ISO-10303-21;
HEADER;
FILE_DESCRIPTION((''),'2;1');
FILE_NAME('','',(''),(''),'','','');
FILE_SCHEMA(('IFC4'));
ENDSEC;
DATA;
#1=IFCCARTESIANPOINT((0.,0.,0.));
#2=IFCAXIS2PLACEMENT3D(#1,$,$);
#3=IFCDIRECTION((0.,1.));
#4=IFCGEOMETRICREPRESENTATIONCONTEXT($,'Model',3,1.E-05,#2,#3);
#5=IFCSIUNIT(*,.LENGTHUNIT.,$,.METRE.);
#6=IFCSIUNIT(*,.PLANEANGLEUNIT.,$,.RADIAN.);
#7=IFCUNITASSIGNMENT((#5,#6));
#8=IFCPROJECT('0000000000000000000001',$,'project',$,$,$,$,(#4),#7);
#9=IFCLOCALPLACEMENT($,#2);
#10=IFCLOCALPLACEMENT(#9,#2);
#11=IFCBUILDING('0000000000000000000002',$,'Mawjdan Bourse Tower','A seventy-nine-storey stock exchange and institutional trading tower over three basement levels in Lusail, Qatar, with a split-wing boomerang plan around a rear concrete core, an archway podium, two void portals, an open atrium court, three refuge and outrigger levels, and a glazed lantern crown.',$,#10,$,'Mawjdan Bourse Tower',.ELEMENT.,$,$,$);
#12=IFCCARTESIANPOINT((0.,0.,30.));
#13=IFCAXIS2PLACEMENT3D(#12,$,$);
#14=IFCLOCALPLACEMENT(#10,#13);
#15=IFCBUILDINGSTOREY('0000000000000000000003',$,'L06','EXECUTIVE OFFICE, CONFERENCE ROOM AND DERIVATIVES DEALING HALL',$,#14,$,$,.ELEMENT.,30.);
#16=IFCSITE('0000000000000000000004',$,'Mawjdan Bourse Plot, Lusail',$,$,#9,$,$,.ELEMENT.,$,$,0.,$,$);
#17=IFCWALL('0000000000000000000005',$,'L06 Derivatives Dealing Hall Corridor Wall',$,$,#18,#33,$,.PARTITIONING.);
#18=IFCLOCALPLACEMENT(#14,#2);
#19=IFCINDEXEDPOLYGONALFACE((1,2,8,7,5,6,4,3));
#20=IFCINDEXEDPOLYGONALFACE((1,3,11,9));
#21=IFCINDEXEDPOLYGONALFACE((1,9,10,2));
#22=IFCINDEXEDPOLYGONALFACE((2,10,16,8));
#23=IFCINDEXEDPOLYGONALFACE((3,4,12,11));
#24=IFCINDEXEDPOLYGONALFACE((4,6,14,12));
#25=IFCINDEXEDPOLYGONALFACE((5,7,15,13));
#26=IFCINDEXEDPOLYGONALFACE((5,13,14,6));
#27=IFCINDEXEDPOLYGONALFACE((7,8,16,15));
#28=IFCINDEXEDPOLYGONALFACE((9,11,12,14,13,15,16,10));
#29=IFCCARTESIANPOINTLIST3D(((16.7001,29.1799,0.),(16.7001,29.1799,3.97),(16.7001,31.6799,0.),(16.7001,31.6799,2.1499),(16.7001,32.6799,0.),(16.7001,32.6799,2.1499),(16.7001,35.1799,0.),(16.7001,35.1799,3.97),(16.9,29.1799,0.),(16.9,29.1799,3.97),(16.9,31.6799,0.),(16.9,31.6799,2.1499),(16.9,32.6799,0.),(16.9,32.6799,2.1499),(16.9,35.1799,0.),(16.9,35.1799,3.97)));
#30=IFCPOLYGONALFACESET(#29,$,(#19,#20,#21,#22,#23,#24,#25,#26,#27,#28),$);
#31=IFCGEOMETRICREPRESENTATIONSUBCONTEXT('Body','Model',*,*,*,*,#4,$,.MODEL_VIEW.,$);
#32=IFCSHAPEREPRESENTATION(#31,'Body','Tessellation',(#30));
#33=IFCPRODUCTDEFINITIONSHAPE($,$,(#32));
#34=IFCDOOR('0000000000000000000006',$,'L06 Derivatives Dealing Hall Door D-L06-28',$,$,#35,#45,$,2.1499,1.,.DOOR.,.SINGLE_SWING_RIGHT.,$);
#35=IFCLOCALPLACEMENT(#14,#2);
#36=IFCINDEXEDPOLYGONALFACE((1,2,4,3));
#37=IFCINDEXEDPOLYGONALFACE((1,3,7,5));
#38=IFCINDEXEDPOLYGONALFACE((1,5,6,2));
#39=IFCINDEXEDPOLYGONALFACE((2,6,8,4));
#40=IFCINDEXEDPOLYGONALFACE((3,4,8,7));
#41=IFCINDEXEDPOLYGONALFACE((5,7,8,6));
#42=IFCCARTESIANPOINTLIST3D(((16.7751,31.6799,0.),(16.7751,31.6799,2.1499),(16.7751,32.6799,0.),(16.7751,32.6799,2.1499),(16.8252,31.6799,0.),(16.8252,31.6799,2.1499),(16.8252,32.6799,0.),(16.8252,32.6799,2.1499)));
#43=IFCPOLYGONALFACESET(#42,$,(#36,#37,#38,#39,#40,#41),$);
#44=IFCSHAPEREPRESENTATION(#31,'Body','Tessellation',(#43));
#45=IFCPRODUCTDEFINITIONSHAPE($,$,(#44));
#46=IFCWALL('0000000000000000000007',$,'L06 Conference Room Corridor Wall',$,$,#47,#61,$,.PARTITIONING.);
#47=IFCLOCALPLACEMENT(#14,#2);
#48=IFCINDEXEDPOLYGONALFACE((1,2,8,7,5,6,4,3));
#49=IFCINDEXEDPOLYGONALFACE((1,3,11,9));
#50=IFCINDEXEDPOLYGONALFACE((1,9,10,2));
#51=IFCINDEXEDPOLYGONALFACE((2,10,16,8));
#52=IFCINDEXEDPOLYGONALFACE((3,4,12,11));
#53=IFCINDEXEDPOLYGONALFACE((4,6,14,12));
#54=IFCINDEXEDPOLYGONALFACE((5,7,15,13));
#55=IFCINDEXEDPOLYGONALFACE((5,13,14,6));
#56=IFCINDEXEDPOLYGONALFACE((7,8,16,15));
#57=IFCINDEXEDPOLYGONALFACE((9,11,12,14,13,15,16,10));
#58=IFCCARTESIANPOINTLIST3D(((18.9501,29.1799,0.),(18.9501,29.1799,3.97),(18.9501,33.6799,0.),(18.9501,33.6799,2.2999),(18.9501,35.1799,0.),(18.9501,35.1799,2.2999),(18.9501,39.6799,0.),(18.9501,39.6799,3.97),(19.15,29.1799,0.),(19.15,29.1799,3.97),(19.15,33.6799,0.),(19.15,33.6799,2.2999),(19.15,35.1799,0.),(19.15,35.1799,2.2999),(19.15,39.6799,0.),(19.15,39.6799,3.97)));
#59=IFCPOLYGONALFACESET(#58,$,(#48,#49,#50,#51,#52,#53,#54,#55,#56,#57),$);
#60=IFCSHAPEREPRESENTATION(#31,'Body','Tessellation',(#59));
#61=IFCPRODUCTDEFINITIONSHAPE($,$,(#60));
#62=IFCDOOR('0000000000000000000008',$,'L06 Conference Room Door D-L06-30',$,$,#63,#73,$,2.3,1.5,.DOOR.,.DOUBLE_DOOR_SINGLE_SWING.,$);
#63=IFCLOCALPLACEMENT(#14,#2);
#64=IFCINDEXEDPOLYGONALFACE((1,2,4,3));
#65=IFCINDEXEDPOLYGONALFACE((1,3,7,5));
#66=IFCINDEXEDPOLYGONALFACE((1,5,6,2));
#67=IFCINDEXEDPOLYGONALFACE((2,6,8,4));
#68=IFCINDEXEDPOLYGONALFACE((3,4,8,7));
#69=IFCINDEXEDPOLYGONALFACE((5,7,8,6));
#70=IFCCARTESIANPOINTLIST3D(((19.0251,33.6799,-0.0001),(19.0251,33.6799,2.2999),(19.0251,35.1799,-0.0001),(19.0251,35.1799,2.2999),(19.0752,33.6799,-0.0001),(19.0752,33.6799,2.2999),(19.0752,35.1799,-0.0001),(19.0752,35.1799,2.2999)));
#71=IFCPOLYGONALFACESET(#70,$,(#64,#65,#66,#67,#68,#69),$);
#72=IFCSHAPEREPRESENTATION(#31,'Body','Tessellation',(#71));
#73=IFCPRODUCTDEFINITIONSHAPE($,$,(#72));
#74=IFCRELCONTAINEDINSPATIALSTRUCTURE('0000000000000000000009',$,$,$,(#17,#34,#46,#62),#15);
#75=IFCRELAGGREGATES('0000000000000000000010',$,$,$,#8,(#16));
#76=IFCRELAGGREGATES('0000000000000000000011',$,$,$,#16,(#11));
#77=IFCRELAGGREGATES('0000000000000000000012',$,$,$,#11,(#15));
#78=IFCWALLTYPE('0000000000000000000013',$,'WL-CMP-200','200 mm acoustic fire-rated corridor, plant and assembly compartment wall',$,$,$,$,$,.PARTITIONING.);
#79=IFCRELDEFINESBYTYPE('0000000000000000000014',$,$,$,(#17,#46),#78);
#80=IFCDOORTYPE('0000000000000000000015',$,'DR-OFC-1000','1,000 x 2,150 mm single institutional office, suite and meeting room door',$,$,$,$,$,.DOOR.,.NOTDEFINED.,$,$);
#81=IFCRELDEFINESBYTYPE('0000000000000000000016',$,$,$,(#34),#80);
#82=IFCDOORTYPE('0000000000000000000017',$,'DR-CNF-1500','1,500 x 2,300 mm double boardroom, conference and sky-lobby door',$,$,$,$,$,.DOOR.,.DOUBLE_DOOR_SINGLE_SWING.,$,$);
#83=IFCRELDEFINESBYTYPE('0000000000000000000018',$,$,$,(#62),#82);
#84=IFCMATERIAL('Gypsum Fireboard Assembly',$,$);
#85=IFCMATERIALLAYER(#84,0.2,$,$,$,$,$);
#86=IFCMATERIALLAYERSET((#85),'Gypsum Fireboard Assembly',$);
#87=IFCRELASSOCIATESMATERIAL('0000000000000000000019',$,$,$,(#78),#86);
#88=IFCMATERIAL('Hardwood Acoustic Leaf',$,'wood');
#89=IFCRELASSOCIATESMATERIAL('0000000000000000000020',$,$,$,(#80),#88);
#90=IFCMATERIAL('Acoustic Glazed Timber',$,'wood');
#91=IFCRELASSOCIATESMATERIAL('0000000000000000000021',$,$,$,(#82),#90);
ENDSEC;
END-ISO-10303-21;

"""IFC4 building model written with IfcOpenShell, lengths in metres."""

from ifc_helpers import new_model, si_unit, direction, frame, frame_2d, origin, place, context, subcontext, project, spatial, rectangle, extrude, material, layer, layer_set, type_object, element, fill, save


model = new_model("IFC4")

# Units and contexts
model_context = context("Model", 3, precision=1e-05, world=origin(), true_north=direction((0.0, 1.0)))
body_context = subcontext(model_context, "Body", "Model", "MODEL_VIEW")
ifc_project = project(units=[si_unit("LENGTHUNIT", "METRE"), si_unit("PLANEANGLEUNIT", "RADIAN")], contexts=[model_context])

# Site, building, storey
site_placement = place(None, origin())
site = spatial("IfcSite", under=ifc_project, at=site_placement, Name="Mawjdan Bourse Plot, Lusail", CompositionType="ELEMENT", RefElevation=0.0)
building_placement = place(site_placement, origin())
building = spatial("IfcBuilding", under=site, at=building_placement, Name="Mawjdan Bourse Tower", Description="A seventy-nine-storey stock exchange and institutional trading tower over three basement levels in Lusail, Qatar, with a split-wing boomerang plan around a rear concrete core, an archway podium, two void portals, an open atrium court, three refuge and outrigger levels, and a glazed lantern crown.", LongName="Mawjdan Bourse Tower", CompositionType="ELEMENT")
storey_placement = place(building_placement, frame((0.0, 0.0, 30.0)))
storey = spatial("IfcBuildingStorey", under=building, at=storey_placement, Name="L06", Description="EXECUTIVE OFFICE, CONFERENCE ROOM AND DERIVATIVES DEALING HALL", CompositionType="ELEMENT", Elevation=30.0)

# Shared definitions
ifc_material_1 = material(Name="Gypsum Fireboard Assembly")
ifc_layer = layer(ifc_material_1, 0.2)
ifc_layer_set = layer_set([ifc_layer], Name="Gypsum Fireboard Assembly")
wall_type = type_object("IfcWallType", Name="WL-CMP-200", Description="200 mm acoustic fire-rated corridor, plant and assembly compartment wall", PredefinedType="PARTITIONING", material=ifc_layer_set)
ifc_material_2 = material(Name="Hardwood Acoustic Leaf", Category="wood")
door_type_1 = type_object("IfcDoorType", Name="DR-OFC-1000", Description="1,000 x 2,150 mm single institutional office, suite and meeting room door", OperationType="NOTDEFINED", PredefinedType="DOOR", material=ifc_material_2)

# Walls, openings, doors
wall_1_placement = place(storey_placement, frame((16.8, 29.1799, 0.0), z_axis=(0.0, 0.0, 1.0), x_axis=(0.0, 1.0, 0.0)))
wall_1 = element("IfcWall", 1, at=wall_1_placement, inside=storey, type_object=wall_type, Name="L06 Derivatives Dealing Hall Corridor Wall", PredefinedType="PARTITIONING", context=body_context, shape_type="SweptSolid", body=[
    extrude(rectangle(XDim=6.0, YDim=0.2, at=frame_2d((3.0, 0.0))), origin(), (0.0, 0.0, 1.0), 3.97),
])
opening_1_placement = place(wall_1_placement, frame((2.5, 0.0, 0.0)))
opening_1 = element("IfcOpeningElement", 2, at=opening_1_placement, cuts=wall_1, PredefinedType="OPENING", context=body_context, shape_type="SweptSolid", body=[
    extrude(rectangle(XDim=1.0, YDim=2.1499, at=frame_2d((0.5, 1.075))), frame((0.0, 0.1099, 0.0), z_axis=(0.0, -1.0, 0.0), x_axis=(1.0, 0.0, 0.0)), (0.0, 0.0, 1.0), 0.22),
])
door_1_placement = place(opening_1_placement, origin())
door_1 = element("IfcDoor", 3, at=door_1_placement, inside=storey, type_object=door_type_1, Name="L06 Derivatives Dealing Hall Door D-L06-28", OperationType="SINGLE_SWING_RIGHT", OverallHeight=2.1499, OverallWidth=1.0, PredefinedType="DOOR", context=body_context, shape_type="SweptSolid", body=[
    extrude(rectangle(XDim=1.0, YDim=2.1499, at=frame_2d((0.5, 1.075))), frame((0.0, 0.0249, 0.0), z_axis=(0.0, -1.0, 0.0), x_axis=(1.0, 0.0, 0.0)), (0.0, 0.0, 1.0), 0.05),
])
fill(opening_1, door_1)
wall_2_placement = place(storey_placement, frame((19.05, 29.1799, 0.0), z_axis=(0.0, 0.0, 1.0), x_axis=(0.0, 1.0, 0.0)))
wall_2 = element("IfcWall", 4, at=wall_2_placement, inside=storey, type_object=wall_type, Name="L06 Conference Room Corridor Wall", PredefinedType="PARTITIONING", context=body_context, shape_type="SweptSolid", body=[
    extrude(rectangle(XDim=10.5, YDim=0.2, at=frame_2d((5.25, 0.0))), origin(), (0.0, 0.0, 1.0), 3.97),
])
opening_2_placement = place(wall_2_placement, frame((4.5, 0.0, 0.0)))
opening_2 = element("IfcOpeningElement", 5, at=opening_2_placement, cuts=wall_2, PredefinedType="OPENING", context=body_context, shape_type="SweptSolid", body=[
    extrude(rectangle(XDim=1.5, YDim=2.3, at=frame_2d((0.75, 1.1499))), frame((0.0, 0.1099, 0.0), z_axis=(0.0, -1.0, 0.0), x_axis=(1.0, 0.0, 0.0)), (0.0, 0.0, 1.0), 0.22),
])
ifc_material_3 = material(Name="Acoustic Glazed Timber", Category="wood")
door_type_2 = type_object("IfcDoorType", Name="DR-CNF-1500", Description="1,500 x 2,300 mm double boardroom, conference and sky-lobby door", OperationType="DOUBLE_DOOR_SINGLE_SWING", PredefinedType="DOOR", material=ifc_material_3)
door_2_placement = place(opening_2_placement, origin())
door_2 = element("IfcDoor", 6, at=door_2_placement, inside=storey, type_object=door_type_2, Name="L06 Conference Room Door D-L06-30", OperationType="DOUBLE_DOOR_SINGLE_SWING", OverallHeight=2.3, OverallWidth=1.5, PredefinedType="DOOR", context=body_context, shape_type="SweptSolid", body=[
    extrude(rectangle(XDim=1.5, YDim=2.3, at=frame_2d((0.75, 1.1499))), frame((0.0, 0.0249, 0.0), z_axis=(0.0, -1.0, 0.0), x_axis=(1.0, 0.0, 0.0)), (0.0, 0.0, 1.0), 0.05),
])
fill(opening_2, door_2)

save(model, "model.ifc")
